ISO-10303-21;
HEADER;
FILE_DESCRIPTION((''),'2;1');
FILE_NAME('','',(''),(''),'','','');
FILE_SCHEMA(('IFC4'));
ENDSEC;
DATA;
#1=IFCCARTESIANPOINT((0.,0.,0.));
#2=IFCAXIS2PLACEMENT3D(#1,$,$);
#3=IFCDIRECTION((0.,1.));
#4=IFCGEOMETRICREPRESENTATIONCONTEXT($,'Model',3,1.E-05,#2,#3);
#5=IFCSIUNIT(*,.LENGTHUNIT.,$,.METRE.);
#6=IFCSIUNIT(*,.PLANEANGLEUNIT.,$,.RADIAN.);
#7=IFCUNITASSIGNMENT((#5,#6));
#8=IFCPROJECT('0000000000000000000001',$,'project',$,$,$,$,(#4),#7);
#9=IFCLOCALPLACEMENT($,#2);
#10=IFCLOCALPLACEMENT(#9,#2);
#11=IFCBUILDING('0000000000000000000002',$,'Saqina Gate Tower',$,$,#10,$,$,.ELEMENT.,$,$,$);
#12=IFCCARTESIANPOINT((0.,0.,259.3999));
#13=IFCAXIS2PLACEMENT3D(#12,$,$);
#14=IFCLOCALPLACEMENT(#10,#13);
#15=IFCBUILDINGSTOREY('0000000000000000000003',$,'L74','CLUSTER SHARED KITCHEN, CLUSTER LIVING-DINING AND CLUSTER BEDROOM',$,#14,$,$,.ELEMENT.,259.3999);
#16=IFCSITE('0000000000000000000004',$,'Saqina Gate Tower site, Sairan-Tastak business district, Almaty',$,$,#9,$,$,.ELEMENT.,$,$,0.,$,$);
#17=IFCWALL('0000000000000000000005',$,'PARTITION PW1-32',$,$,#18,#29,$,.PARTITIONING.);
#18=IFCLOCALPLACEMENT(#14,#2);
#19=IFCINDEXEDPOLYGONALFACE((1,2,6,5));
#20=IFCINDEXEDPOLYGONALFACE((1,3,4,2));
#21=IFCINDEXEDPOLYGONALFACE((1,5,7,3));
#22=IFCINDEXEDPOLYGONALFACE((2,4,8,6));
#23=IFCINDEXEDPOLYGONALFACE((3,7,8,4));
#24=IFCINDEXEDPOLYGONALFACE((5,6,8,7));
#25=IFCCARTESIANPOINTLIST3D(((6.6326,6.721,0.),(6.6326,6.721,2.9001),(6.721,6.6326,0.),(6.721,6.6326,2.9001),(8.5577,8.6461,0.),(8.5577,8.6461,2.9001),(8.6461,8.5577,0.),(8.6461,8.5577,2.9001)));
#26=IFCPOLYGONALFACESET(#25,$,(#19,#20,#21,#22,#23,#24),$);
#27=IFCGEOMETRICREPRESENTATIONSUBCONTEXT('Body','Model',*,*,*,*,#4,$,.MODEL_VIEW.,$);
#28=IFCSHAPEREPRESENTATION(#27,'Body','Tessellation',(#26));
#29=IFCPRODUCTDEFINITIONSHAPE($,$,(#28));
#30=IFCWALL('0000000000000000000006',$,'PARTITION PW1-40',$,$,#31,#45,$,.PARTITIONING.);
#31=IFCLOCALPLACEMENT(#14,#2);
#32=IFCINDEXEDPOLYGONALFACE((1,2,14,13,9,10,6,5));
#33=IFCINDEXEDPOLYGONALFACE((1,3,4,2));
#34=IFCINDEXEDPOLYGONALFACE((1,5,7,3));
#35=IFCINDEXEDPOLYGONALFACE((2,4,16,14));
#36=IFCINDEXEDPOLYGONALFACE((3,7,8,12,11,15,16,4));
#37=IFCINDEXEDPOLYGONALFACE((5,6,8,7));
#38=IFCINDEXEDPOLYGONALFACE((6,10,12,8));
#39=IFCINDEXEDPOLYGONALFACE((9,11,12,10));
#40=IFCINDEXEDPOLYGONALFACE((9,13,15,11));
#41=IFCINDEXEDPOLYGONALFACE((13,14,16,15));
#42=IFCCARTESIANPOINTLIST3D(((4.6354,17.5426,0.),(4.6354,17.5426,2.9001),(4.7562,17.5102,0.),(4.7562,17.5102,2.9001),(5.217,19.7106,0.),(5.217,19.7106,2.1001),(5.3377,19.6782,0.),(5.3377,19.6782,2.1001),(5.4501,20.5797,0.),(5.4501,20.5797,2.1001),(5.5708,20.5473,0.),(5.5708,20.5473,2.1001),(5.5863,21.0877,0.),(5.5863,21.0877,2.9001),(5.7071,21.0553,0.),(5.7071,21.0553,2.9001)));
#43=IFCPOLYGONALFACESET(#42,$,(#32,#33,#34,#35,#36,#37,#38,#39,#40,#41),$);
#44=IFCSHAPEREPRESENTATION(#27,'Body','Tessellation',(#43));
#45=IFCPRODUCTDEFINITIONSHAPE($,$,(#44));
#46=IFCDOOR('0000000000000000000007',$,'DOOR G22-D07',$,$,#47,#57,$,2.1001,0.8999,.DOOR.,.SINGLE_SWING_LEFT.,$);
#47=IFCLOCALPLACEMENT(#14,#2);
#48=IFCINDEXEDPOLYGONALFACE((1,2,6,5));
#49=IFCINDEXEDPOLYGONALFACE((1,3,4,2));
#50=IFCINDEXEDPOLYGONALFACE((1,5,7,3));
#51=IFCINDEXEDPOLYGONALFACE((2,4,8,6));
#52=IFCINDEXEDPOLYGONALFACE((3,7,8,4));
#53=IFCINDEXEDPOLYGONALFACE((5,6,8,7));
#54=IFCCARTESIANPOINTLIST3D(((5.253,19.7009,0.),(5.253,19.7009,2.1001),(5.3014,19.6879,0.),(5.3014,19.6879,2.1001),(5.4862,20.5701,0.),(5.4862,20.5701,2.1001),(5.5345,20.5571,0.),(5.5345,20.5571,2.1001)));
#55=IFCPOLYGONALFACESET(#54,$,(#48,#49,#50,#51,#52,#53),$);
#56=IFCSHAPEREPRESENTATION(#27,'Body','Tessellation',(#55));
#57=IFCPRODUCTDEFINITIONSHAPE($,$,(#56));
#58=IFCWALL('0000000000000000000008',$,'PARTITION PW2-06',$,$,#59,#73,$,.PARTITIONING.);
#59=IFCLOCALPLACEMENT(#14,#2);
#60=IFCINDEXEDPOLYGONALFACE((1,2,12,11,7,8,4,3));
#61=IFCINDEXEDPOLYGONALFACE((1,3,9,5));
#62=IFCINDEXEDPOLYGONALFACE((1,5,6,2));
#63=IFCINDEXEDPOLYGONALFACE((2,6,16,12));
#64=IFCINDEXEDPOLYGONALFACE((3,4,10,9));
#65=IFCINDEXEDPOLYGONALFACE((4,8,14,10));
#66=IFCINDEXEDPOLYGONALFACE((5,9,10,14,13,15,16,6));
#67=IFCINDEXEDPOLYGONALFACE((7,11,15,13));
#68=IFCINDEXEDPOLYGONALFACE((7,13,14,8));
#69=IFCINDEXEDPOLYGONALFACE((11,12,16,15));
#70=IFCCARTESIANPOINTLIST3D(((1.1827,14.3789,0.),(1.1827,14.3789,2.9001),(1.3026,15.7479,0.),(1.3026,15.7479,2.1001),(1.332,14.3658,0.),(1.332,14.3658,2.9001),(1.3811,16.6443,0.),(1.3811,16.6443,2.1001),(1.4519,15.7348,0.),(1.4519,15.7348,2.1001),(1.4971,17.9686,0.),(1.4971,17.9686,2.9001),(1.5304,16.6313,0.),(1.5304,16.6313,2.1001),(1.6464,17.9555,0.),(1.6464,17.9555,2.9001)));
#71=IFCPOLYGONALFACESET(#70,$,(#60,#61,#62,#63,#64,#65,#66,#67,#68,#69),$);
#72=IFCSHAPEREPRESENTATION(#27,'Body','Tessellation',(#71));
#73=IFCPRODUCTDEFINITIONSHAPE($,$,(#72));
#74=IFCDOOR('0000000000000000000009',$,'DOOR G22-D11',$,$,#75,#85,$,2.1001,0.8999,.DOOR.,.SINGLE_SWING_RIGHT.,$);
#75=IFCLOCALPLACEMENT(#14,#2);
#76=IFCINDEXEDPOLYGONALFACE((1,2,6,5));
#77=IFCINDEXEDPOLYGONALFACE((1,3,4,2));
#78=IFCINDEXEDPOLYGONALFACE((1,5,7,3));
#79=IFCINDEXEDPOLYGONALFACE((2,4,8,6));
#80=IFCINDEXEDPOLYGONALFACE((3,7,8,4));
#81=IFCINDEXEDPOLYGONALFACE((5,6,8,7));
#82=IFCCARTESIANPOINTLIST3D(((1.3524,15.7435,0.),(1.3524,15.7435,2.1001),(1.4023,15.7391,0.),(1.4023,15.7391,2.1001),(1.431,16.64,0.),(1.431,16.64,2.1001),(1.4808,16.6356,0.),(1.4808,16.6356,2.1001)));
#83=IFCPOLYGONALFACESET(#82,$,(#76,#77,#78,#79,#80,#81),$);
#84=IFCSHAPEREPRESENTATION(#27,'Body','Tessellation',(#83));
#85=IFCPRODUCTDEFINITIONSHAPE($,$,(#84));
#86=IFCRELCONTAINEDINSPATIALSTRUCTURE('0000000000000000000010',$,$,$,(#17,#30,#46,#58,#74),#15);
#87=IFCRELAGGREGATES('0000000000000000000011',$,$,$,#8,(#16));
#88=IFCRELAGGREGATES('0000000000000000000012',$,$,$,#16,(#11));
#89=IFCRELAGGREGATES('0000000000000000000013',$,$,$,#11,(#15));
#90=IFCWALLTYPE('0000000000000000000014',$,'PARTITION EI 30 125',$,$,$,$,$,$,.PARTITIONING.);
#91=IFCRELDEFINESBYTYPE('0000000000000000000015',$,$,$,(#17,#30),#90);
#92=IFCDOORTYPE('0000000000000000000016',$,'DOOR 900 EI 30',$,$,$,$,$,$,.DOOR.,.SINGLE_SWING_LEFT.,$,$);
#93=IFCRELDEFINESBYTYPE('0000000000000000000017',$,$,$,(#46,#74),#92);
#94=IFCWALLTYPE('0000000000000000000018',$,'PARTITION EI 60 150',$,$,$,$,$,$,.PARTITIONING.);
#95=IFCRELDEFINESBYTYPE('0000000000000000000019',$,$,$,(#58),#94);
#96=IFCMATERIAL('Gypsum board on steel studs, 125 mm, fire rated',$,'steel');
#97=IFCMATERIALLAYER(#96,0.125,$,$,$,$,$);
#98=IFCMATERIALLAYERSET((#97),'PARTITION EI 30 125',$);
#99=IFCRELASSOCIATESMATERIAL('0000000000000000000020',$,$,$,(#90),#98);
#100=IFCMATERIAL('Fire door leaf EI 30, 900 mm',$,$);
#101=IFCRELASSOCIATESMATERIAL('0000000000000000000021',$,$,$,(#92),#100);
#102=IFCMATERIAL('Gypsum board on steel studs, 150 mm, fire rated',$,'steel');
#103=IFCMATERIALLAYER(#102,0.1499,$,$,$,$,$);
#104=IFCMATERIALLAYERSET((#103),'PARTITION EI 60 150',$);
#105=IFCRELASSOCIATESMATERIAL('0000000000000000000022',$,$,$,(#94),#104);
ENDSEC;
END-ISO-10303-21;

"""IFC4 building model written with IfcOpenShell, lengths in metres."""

from ifc_helpers import new_model, si_unit, direction, frame, frame_2d, origin, place, context, subcontext, project, spatial, rectangle, extrude, material, layer, layer_set, type_object, element, fill, save


model = new_model("IFC4")

# Units and contexts
model_context = context("Model", 3, precision=1e-05, world=origin(), true_north=direction((0.0, 1.0)))
body_context = subcontext(model_context, "Body", "Model", "MODEL_VIEW")
ifc_project = project(units=[si_unit("LENGTHUNIT", "METRE"), si_unit("PLANEANGLEUNIT", "RADIAN")], contexts=[model_context])

# Site, building, storey
site_placement = place(None, origin())
site = spatial("IfcSite", under=ifc_project, at=site_placement, Name="Saqina Gate Tower site, Sairan-Tastak business district, Almaty", CompositionType="ELEMENT", RefElevation=0.0)
building_placement = place(site_placement, origin())
building = spatial("IfcBuilding", under=site, at=building_placement, Name="Saqina Gate Tower", CompositionType="ELEMENT")
storey_placement = place(building_placement, frame((0.0, 0.0, 259.3999)))
storey = spatial("IfcBuildingStorey", under=building, at=storey_placement, Name="L74", Description="CLUSTER SHARED KITCHEN, CLUSTER LIVING-DINING AND CLUSTER BEDROOM", CompositionType="ELEMENT", Elevation=259.3999)

# Shared definitions
ifc_material_1 = material(Name="Gypsum board on steel studs, 125 mm, fire rated", Category="steel")
ifc_layer_1 = layer(ifc_material_1, 0.125)
ifc_layer_set_1 = layer_set([ifc_layer_1], Name="PARTITION EI 30 125")
wall_type_1 = type_object("IfcWallType", Name="PARTITION EI 30 125", PredefinedType="PARTITIONING", material=ifc_layer_set_1)

# Wall
wall_1_placement = place(storey_placement, frame((6.6768, 6.6768, 0.0), z_axis=(0.0, 0.0, 1.0), x_axis=(0.707107, 0.707107, 0.0)))
element("IfcWall", 1, at=wall_1_placement, inside=storey, type_object=wall_type_1, Name="PARTITION PW1-32", PredefinedType="PARTITIONING", context=body_context, shape_type="SweptSolid", body=[
    extrude(rectangle(XDim=2.7224, YDim=0.125, at=frame_2d((1.3613, 0.0))), origin(), (0.0, 0.0, 1.0), 2.9001),
])

# Walls, openings, doors
wall_2_placement = place(storey_placement, frame((4.6958, 17.5264, 0.0), z_axis=(0.0, 0.0, 1.0), x_axis=(0.259074, 0.965857, 0.0)))
wall_2 = element("IfcWall", 2, at=wall_2_placement, inside=storey, type_object=wall_type_1, Name="PARTITION PW1-40", PredefinedType="PARTITIONING", context=body_context, shape_type="SweptSolid", body=[
    extrude(rectangle(XDim=3.6704, YDim=0.125, at=frame_2d((1.8352, 0.0))), origin(), (0.0, 0.0, 1.0), 2.9001),
])
opening_1_placement = place(wall_2_placement, frame((2.2446, 0.0, 0.0)))
opening_1 = element("IfcOpeningElement", 3, at=opening_1_placement, cuts=wall_2, PredefinedType="OPENING", context=body_context, shape_type="SweptSolid", body=[
    extrude(rectangle(XDim=0.8999, YDim=2.1001, at=frame_2d((0.45, 1.05))), frame((0.0, 0.0745, 0.0), z_axis=(0.0, -1.0, 0.0), x_axis=(1.0, 0.0, 0.0)), (0.0, 0.0, 1.0), 0.1489),
])
ifc_material_2 = material(Name="Fire door leaf EI 30, 900 mm")
door_type_1 = type_object("IfcDoorType", Name="DOOR 900 EI 30", OperationType="SINGLE_SWING_LEFT", PredefinedType="DOOR", material=ifc_material_2)
door_1_placement = place(opening_1_placement, frame((0.8999, 0.0, 0.0), z_axis=(0.0, 0.0, 1.0), x_axis=(-1.0, 0.0, 0.0)))
door_1 = element("IfcDoor", 4, at=door_1_placement, inside=storey, type_object=door_type_1, Name="DOOR G22-D07", OperationType="SINGLE_SWING_LEFT", OverallHeight=2.1001, OverallWidth=0.8999, PredefinedType="DOOR", context=body_context, shape_type="SweptSolid", body=[
    extrude(rectangle(XDim=0.8999, YDim=2.1001, at=frame_2d((0.45, 1.05))), frame((0.0, 0.0249, 0.0), z_axis=(0.0, -1.0, 0.0), x_axis=(1.0, 0.0, 0.0)), (0.0, 0.0, 1.0), 0.05),
])
fill(opening_1, door_1)
ifc_material_3 = material(Name="Gypsum board on steel studs, 150 mm, fire rated", Category="steel")
ifc_layer_2 = layer(ifc_material_3, 0.1499)
ifc_layer_set_2 = layer_set([ifc_layer_2], Name="PARTITION EI 60 150")
wall_type_2 = type_object("IfcWallType", Name="PARTITION EI 60 150", PredefinedType="PARTITIONING", material=ifc_layer_set_2)
wall_3_placement = place(storey_placement, frame((1.2573, 14.3723, 0.0), z_axis=(0.0, 0.0, 1.0), x_axis=(0.087261, 0.996185, 0.0)))
wall_3 = element("IfcWall", 5, at=wall_3_placement, inside=storey, type_object=wall_type_2, Name="PARTITION PW2-06", PredefinedType="PARTITIONING", context=body_context, shape_type="SweptSolid", body=[
    extrude(rectangle(XDim=3.6035, YDim=0.1499, at=frame_2d((1.8018, 0.0))), origin(), (0.0, 0.0, 1.0), 2.9001),
])
opening_2_placement = place(wall_3_placement, frame((1.3743, 0.0, 0.0)))
opening_2 = element("IfcOpeningElement", 6, at=opening_2_placement, cuts=wall_3, PredefinedType="OPENING", context=body_context, shape_type="SweptSolid", body=[
    extrude(rectangle(XDim=0.8999, YDim=2.1001, at=frame_2d((0.45, 1.05))), frame((0.0, 0.0869, 0.0), z_axis=(0.0, -1.0, 0.0), x_axis=(1.0, 0.0, 0.0)), (0.0, 0.0, 1.0), 0.1738),
])
door_2_placement = place(opening_2_placement, origin())
door_2 = element("IfcDoor", 7, at=door_2_placement, inside=storey, type_object=door_type_1, Name="DOOR G22-D11", OperationType="SINGLE_SWING_RIGHT", OverallHeight=2.1001, OverallWidth=0.8999, PredefinedType="DOOR", context=body_context, shape_type="SweptSolid", body=[
    extrude(rectangle(XDim=0.8999, YDim=2.1001, at=frame_2d((0.45, 1.05))), frame((0.0, 0.0249, 0.0), z_axis=(0.0, -1.0, 0.0), x_axis=(1.0, 0.0, 0.0)), (0.0, 0.0, 1.0), 0.05),
])
fill(opening_2, door_2)

save(model, "model.ifc")
